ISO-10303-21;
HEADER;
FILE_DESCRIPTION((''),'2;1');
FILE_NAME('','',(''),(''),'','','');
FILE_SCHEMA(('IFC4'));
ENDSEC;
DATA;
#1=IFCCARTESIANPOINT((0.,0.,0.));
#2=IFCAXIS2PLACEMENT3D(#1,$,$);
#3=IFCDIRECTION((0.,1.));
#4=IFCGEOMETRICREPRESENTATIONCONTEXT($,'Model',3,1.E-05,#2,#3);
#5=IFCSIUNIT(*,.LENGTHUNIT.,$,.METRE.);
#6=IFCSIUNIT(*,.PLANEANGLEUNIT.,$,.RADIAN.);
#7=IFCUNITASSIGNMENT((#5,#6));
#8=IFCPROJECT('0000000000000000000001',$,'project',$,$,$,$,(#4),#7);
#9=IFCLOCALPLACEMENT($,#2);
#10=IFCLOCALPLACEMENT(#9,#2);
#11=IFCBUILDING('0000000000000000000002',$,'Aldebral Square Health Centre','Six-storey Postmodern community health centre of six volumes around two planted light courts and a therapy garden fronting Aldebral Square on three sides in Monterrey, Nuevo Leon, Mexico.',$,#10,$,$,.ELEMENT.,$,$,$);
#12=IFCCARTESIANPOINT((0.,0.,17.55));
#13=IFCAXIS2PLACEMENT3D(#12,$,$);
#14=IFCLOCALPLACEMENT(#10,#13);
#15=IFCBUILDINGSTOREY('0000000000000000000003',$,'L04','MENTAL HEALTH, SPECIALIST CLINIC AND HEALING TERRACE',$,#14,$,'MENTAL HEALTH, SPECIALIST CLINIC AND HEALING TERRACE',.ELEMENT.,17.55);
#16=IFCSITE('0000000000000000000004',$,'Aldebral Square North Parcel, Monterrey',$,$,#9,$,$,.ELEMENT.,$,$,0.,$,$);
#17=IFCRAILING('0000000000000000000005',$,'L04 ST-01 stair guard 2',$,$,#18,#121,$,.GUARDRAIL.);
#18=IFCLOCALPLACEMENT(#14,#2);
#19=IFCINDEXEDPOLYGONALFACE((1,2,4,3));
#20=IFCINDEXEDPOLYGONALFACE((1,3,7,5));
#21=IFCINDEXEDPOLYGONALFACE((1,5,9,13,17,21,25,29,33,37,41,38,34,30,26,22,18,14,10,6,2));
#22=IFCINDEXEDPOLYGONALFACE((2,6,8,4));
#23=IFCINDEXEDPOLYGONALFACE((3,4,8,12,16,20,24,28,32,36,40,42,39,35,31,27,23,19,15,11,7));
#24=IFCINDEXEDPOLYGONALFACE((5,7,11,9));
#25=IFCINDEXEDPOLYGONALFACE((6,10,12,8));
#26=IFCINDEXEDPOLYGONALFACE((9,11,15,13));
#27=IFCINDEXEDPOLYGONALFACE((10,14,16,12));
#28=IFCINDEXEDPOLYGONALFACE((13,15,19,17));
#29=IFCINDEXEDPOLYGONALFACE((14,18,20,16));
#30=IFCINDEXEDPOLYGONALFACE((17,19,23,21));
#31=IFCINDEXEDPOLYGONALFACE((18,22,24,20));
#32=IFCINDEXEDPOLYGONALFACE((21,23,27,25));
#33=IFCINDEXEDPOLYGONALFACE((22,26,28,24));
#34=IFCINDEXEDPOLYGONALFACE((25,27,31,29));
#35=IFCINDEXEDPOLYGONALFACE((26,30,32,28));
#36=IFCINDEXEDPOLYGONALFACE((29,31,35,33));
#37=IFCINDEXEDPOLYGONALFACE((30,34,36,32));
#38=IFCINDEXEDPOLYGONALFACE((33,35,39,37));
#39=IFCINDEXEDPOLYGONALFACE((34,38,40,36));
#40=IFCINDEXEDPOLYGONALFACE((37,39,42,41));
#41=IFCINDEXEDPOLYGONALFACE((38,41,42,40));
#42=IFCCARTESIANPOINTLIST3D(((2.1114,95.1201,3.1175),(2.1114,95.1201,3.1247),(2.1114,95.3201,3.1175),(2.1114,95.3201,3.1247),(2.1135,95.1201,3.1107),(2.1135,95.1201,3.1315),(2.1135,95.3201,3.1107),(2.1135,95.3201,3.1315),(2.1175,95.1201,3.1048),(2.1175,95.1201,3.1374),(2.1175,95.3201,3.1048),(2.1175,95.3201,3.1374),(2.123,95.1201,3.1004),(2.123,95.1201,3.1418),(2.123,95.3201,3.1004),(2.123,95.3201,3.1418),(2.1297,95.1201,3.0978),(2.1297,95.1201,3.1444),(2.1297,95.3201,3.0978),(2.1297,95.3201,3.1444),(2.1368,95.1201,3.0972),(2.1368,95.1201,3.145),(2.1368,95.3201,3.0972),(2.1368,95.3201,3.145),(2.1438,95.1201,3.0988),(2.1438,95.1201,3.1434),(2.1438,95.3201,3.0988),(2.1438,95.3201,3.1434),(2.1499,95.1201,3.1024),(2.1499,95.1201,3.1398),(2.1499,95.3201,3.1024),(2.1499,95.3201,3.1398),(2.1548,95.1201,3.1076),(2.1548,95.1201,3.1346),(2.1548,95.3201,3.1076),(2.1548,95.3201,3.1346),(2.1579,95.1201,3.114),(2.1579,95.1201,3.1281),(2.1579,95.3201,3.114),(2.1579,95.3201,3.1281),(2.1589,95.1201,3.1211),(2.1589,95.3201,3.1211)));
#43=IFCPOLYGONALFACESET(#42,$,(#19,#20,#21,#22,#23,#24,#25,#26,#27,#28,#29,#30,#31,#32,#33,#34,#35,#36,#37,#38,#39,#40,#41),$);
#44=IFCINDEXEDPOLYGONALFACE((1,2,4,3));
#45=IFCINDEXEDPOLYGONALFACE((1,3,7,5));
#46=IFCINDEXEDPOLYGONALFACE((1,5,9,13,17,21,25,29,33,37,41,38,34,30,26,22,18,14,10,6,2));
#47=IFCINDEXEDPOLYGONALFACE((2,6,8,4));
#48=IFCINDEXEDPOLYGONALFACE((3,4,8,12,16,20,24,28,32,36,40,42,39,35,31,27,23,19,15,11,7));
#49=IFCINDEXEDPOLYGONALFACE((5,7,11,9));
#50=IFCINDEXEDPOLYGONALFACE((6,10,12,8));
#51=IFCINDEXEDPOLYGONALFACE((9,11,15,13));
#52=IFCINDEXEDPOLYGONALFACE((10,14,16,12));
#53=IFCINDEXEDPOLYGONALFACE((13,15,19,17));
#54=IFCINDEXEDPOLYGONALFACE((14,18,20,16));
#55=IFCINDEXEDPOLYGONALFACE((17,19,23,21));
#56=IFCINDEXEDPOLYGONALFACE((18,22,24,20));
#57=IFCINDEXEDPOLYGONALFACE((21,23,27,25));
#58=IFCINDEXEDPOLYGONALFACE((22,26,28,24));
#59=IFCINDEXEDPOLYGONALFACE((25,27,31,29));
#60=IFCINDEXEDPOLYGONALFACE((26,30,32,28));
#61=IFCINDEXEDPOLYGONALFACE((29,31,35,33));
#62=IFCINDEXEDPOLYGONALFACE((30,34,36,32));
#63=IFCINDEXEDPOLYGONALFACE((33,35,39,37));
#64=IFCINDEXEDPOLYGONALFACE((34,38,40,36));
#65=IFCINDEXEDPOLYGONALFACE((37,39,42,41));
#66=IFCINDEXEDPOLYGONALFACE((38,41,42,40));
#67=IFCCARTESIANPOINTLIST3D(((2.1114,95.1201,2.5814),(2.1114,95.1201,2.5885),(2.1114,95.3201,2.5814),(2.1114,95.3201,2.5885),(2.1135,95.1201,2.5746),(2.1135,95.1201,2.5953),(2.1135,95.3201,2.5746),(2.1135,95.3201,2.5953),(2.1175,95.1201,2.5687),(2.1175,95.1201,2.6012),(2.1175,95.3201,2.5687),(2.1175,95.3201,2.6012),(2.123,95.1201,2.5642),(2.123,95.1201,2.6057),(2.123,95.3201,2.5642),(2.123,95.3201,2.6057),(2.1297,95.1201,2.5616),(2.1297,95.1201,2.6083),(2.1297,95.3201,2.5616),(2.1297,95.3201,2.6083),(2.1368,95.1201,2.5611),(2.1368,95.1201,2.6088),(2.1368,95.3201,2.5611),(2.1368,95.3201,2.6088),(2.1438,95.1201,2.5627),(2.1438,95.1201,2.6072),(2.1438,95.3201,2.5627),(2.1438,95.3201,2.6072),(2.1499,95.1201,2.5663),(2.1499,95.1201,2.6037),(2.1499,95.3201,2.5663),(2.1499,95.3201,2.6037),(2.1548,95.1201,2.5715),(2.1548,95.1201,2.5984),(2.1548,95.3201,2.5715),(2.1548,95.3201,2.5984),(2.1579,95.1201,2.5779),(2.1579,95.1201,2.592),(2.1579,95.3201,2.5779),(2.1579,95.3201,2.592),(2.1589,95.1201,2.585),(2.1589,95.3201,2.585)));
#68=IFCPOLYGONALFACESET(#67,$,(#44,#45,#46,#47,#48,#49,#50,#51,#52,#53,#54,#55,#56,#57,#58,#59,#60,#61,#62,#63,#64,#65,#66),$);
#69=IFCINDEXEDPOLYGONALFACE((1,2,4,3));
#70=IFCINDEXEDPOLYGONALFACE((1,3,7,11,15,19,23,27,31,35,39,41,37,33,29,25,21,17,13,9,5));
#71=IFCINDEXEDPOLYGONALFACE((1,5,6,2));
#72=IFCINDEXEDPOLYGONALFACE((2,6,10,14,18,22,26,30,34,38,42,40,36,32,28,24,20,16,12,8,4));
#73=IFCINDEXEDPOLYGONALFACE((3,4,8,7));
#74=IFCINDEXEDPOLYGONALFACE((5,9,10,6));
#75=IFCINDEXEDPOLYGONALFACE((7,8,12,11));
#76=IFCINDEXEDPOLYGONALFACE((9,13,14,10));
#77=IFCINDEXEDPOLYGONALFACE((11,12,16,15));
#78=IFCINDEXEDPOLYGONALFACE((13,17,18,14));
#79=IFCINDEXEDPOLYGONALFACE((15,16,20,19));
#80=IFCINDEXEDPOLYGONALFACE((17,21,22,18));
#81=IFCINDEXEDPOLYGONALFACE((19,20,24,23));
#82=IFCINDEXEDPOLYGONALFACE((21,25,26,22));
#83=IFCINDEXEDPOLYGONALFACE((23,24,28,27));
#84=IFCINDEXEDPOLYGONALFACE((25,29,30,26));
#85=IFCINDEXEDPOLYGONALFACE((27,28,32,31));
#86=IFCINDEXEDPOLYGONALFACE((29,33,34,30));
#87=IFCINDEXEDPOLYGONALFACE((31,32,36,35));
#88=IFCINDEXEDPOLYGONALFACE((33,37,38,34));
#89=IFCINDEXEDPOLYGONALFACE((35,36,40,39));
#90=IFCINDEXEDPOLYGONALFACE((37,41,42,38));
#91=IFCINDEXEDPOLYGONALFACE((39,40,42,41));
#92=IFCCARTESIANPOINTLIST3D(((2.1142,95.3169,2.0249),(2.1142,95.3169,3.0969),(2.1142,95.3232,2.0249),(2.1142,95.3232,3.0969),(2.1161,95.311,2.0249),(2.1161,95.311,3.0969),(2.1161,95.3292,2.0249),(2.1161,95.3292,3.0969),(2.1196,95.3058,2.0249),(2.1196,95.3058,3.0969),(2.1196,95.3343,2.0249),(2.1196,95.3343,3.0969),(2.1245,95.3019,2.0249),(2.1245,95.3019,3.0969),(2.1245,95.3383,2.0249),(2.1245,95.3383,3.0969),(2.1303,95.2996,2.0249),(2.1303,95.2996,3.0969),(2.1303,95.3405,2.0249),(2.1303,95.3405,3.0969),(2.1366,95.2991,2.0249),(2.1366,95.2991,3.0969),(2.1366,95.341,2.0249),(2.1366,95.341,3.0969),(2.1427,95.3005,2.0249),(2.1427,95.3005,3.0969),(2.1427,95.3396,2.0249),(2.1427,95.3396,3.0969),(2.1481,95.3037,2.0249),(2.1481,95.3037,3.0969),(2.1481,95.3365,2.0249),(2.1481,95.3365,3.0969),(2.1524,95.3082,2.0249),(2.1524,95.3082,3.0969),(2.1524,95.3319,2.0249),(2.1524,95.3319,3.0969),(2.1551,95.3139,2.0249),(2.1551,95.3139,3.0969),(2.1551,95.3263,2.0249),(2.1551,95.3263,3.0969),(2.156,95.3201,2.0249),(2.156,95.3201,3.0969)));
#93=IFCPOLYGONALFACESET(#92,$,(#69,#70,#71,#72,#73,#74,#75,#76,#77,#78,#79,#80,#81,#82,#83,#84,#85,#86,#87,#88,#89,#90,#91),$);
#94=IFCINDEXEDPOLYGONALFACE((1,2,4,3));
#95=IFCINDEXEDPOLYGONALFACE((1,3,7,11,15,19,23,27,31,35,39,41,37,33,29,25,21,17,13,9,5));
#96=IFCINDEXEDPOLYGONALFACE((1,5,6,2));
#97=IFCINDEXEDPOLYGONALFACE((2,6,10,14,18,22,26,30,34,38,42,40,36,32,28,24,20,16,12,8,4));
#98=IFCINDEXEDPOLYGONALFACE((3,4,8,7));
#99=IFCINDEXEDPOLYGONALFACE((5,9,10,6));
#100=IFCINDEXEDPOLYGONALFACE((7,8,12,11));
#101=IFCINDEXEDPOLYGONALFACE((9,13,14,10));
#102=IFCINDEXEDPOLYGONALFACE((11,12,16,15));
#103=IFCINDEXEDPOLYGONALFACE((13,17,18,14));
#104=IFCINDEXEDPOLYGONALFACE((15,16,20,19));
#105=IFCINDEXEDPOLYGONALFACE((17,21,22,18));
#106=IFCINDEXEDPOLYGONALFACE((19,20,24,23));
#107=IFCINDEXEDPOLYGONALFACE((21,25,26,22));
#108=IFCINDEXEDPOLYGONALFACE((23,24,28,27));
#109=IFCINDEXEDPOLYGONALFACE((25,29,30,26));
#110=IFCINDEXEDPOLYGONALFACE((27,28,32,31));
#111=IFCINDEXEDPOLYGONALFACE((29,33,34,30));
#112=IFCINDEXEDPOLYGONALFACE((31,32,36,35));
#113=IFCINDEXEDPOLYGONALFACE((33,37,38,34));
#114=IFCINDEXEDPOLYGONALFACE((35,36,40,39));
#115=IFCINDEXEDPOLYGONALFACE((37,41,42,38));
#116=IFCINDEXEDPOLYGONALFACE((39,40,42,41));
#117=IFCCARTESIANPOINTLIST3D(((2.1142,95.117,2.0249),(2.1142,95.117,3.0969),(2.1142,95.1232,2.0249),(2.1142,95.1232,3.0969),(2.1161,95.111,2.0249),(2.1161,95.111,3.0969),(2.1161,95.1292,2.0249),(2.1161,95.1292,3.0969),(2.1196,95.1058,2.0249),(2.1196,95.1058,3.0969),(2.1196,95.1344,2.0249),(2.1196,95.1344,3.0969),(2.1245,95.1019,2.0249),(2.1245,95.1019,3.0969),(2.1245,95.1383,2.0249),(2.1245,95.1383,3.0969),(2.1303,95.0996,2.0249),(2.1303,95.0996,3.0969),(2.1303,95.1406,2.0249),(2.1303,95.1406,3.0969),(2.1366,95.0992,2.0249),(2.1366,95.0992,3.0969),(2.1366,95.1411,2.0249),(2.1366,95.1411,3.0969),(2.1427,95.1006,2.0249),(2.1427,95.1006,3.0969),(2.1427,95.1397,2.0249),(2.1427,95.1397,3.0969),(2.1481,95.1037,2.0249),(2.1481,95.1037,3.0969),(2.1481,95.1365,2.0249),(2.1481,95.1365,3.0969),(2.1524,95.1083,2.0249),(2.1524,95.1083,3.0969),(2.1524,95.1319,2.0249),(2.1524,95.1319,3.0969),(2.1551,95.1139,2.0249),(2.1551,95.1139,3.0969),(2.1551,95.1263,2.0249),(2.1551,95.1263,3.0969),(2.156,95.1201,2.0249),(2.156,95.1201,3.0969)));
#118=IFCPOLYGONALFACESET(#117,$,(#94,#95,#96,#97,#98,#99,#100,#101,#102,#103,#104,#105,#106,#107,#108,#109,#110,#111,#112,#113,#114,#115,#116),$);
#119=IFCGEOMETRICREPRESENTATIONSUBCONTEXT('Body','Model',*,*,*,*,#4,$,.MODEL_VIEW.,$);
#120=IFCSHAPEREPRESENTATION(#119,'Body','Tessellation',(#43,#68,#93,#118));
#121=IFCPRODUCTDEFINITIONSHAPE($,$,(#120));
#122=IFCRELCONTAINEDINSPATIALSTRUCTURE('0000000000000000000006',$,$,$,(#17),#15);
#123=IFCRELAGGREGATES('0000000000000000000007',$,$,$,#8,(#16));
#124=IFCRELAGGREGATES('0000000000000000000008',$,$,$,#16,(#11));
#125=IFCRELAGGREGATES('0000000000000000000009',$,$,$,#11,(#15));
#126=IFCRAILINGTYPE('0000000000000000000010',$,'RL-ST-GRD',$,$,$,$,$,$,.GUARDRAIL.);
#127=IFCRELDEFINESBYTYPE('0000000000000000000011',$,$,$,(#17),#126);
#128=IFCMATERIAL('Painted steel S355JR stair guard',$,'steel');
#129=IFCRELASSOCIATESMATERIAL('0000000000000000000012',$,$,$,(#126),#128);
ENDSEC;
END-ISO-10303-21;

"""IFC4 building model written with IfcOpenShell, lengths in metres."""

from ifc_helpers import new_model, si_unit, direction, frame, origin, origin_2d, place, context, subcontext, project, spatial, circle, extrude, material, type_object, element, save


model = new_model("IFC4")

# Units and contexts
model_context = context("Model", 3, precision=1e-05, world=origin(), true_north=direction((0.0, 1.0)))
body_context = subcontext(model_context, "Body", "Model", "MODEL_VIEW")
ifc_project = project(units=[si_unit("LENGTHUNIT", "METRE"), si_unit("PLANEANGLEUNIT", "RADIAN")], contexts=[model_context])

# Site, building, storey
site_placement = place(None, origin())
site = spatial("IfcSite", under=ifc_project, at=site_placement, Name="Aldebral Square North Parcel, Monterrey", CompositionType="ELEMENT", RefElevation=0.0)
building_placement = place(site_placement, origin())
building = spatial("IfcBuilding", under=site, at=building_placement, Name="Aldebral Square Health Centre", Description="Six-storey Postmodern community health centre of six volumes around two planted light courts and a therapy garden fronting Aldebral Square on three sides in Monterrey, Nuevo Leon, Mexico.", CompositionType="ELEMENT")
storey_placement = place(building_placement, frame((0.0, 0.0, 17.55)))
storey = spatial("IfcBuildingStorey", under=building, at=storey_placement, Name="L04", Description="MENTAL HEALTH, SPECIALIST CLINIC AND HEALING TERRACE", LongName="MENTAL HEALTH, SPECIALIST CLINIC AND HEALING TERRACE", CompositionType="ELEMENT", Elevation=17.55)

# Railing
ifc_material_1 = material(Name="Painted steel S355JR stair guard", Category="steel")
railing_type_1 = type_object("IfcRailingType", Name="RL-ST-GRD", PredefinedType="GUARDRAIL", material=ifc_material_1)
railing_1_placement = place(storey_placement, frame((2.135, 95.3201, 2.0249)))
element("IfcRailing", 1, at=railing_1_placement, inside=storey, type_object=railing_type_1, Name="L04 ST-01 stair guard 2", PredefinedType="GUARDRAIL", context=body_context, shape_type="SweptSolid", body=[
    extrude(circle(Radius=0.0239, at=origin_2d()), frame((0.0, 0.0, 1.0962), z_axis=(0.0, -1.0, 0.0), x_axis=(1.0, 0.0, 0.0)), (0.0, 0.0, 1.0), 0.2),
    extrude(circle(Radius=0.0239, at=origin_2d()), frame((0.0, 0.0, 0.5601), z_axis=(0.0, -1.0, 0.0), x_axis=(1.0, 0.0, 0.0)), (0.0, 0.0, 1.0), 0.2),
    extrude(circle(Radius=0.021, at=origin_2d()), origin(), (0.0, 0.0, 1.0), 1.072),
    extrude(circle(Radius=0.021, at=origin_2d()), frame((0.0, -0.2, 0.0)), (0.0, 0.0, 1.0), 1.072),
])

save(model, "model.ifc")
